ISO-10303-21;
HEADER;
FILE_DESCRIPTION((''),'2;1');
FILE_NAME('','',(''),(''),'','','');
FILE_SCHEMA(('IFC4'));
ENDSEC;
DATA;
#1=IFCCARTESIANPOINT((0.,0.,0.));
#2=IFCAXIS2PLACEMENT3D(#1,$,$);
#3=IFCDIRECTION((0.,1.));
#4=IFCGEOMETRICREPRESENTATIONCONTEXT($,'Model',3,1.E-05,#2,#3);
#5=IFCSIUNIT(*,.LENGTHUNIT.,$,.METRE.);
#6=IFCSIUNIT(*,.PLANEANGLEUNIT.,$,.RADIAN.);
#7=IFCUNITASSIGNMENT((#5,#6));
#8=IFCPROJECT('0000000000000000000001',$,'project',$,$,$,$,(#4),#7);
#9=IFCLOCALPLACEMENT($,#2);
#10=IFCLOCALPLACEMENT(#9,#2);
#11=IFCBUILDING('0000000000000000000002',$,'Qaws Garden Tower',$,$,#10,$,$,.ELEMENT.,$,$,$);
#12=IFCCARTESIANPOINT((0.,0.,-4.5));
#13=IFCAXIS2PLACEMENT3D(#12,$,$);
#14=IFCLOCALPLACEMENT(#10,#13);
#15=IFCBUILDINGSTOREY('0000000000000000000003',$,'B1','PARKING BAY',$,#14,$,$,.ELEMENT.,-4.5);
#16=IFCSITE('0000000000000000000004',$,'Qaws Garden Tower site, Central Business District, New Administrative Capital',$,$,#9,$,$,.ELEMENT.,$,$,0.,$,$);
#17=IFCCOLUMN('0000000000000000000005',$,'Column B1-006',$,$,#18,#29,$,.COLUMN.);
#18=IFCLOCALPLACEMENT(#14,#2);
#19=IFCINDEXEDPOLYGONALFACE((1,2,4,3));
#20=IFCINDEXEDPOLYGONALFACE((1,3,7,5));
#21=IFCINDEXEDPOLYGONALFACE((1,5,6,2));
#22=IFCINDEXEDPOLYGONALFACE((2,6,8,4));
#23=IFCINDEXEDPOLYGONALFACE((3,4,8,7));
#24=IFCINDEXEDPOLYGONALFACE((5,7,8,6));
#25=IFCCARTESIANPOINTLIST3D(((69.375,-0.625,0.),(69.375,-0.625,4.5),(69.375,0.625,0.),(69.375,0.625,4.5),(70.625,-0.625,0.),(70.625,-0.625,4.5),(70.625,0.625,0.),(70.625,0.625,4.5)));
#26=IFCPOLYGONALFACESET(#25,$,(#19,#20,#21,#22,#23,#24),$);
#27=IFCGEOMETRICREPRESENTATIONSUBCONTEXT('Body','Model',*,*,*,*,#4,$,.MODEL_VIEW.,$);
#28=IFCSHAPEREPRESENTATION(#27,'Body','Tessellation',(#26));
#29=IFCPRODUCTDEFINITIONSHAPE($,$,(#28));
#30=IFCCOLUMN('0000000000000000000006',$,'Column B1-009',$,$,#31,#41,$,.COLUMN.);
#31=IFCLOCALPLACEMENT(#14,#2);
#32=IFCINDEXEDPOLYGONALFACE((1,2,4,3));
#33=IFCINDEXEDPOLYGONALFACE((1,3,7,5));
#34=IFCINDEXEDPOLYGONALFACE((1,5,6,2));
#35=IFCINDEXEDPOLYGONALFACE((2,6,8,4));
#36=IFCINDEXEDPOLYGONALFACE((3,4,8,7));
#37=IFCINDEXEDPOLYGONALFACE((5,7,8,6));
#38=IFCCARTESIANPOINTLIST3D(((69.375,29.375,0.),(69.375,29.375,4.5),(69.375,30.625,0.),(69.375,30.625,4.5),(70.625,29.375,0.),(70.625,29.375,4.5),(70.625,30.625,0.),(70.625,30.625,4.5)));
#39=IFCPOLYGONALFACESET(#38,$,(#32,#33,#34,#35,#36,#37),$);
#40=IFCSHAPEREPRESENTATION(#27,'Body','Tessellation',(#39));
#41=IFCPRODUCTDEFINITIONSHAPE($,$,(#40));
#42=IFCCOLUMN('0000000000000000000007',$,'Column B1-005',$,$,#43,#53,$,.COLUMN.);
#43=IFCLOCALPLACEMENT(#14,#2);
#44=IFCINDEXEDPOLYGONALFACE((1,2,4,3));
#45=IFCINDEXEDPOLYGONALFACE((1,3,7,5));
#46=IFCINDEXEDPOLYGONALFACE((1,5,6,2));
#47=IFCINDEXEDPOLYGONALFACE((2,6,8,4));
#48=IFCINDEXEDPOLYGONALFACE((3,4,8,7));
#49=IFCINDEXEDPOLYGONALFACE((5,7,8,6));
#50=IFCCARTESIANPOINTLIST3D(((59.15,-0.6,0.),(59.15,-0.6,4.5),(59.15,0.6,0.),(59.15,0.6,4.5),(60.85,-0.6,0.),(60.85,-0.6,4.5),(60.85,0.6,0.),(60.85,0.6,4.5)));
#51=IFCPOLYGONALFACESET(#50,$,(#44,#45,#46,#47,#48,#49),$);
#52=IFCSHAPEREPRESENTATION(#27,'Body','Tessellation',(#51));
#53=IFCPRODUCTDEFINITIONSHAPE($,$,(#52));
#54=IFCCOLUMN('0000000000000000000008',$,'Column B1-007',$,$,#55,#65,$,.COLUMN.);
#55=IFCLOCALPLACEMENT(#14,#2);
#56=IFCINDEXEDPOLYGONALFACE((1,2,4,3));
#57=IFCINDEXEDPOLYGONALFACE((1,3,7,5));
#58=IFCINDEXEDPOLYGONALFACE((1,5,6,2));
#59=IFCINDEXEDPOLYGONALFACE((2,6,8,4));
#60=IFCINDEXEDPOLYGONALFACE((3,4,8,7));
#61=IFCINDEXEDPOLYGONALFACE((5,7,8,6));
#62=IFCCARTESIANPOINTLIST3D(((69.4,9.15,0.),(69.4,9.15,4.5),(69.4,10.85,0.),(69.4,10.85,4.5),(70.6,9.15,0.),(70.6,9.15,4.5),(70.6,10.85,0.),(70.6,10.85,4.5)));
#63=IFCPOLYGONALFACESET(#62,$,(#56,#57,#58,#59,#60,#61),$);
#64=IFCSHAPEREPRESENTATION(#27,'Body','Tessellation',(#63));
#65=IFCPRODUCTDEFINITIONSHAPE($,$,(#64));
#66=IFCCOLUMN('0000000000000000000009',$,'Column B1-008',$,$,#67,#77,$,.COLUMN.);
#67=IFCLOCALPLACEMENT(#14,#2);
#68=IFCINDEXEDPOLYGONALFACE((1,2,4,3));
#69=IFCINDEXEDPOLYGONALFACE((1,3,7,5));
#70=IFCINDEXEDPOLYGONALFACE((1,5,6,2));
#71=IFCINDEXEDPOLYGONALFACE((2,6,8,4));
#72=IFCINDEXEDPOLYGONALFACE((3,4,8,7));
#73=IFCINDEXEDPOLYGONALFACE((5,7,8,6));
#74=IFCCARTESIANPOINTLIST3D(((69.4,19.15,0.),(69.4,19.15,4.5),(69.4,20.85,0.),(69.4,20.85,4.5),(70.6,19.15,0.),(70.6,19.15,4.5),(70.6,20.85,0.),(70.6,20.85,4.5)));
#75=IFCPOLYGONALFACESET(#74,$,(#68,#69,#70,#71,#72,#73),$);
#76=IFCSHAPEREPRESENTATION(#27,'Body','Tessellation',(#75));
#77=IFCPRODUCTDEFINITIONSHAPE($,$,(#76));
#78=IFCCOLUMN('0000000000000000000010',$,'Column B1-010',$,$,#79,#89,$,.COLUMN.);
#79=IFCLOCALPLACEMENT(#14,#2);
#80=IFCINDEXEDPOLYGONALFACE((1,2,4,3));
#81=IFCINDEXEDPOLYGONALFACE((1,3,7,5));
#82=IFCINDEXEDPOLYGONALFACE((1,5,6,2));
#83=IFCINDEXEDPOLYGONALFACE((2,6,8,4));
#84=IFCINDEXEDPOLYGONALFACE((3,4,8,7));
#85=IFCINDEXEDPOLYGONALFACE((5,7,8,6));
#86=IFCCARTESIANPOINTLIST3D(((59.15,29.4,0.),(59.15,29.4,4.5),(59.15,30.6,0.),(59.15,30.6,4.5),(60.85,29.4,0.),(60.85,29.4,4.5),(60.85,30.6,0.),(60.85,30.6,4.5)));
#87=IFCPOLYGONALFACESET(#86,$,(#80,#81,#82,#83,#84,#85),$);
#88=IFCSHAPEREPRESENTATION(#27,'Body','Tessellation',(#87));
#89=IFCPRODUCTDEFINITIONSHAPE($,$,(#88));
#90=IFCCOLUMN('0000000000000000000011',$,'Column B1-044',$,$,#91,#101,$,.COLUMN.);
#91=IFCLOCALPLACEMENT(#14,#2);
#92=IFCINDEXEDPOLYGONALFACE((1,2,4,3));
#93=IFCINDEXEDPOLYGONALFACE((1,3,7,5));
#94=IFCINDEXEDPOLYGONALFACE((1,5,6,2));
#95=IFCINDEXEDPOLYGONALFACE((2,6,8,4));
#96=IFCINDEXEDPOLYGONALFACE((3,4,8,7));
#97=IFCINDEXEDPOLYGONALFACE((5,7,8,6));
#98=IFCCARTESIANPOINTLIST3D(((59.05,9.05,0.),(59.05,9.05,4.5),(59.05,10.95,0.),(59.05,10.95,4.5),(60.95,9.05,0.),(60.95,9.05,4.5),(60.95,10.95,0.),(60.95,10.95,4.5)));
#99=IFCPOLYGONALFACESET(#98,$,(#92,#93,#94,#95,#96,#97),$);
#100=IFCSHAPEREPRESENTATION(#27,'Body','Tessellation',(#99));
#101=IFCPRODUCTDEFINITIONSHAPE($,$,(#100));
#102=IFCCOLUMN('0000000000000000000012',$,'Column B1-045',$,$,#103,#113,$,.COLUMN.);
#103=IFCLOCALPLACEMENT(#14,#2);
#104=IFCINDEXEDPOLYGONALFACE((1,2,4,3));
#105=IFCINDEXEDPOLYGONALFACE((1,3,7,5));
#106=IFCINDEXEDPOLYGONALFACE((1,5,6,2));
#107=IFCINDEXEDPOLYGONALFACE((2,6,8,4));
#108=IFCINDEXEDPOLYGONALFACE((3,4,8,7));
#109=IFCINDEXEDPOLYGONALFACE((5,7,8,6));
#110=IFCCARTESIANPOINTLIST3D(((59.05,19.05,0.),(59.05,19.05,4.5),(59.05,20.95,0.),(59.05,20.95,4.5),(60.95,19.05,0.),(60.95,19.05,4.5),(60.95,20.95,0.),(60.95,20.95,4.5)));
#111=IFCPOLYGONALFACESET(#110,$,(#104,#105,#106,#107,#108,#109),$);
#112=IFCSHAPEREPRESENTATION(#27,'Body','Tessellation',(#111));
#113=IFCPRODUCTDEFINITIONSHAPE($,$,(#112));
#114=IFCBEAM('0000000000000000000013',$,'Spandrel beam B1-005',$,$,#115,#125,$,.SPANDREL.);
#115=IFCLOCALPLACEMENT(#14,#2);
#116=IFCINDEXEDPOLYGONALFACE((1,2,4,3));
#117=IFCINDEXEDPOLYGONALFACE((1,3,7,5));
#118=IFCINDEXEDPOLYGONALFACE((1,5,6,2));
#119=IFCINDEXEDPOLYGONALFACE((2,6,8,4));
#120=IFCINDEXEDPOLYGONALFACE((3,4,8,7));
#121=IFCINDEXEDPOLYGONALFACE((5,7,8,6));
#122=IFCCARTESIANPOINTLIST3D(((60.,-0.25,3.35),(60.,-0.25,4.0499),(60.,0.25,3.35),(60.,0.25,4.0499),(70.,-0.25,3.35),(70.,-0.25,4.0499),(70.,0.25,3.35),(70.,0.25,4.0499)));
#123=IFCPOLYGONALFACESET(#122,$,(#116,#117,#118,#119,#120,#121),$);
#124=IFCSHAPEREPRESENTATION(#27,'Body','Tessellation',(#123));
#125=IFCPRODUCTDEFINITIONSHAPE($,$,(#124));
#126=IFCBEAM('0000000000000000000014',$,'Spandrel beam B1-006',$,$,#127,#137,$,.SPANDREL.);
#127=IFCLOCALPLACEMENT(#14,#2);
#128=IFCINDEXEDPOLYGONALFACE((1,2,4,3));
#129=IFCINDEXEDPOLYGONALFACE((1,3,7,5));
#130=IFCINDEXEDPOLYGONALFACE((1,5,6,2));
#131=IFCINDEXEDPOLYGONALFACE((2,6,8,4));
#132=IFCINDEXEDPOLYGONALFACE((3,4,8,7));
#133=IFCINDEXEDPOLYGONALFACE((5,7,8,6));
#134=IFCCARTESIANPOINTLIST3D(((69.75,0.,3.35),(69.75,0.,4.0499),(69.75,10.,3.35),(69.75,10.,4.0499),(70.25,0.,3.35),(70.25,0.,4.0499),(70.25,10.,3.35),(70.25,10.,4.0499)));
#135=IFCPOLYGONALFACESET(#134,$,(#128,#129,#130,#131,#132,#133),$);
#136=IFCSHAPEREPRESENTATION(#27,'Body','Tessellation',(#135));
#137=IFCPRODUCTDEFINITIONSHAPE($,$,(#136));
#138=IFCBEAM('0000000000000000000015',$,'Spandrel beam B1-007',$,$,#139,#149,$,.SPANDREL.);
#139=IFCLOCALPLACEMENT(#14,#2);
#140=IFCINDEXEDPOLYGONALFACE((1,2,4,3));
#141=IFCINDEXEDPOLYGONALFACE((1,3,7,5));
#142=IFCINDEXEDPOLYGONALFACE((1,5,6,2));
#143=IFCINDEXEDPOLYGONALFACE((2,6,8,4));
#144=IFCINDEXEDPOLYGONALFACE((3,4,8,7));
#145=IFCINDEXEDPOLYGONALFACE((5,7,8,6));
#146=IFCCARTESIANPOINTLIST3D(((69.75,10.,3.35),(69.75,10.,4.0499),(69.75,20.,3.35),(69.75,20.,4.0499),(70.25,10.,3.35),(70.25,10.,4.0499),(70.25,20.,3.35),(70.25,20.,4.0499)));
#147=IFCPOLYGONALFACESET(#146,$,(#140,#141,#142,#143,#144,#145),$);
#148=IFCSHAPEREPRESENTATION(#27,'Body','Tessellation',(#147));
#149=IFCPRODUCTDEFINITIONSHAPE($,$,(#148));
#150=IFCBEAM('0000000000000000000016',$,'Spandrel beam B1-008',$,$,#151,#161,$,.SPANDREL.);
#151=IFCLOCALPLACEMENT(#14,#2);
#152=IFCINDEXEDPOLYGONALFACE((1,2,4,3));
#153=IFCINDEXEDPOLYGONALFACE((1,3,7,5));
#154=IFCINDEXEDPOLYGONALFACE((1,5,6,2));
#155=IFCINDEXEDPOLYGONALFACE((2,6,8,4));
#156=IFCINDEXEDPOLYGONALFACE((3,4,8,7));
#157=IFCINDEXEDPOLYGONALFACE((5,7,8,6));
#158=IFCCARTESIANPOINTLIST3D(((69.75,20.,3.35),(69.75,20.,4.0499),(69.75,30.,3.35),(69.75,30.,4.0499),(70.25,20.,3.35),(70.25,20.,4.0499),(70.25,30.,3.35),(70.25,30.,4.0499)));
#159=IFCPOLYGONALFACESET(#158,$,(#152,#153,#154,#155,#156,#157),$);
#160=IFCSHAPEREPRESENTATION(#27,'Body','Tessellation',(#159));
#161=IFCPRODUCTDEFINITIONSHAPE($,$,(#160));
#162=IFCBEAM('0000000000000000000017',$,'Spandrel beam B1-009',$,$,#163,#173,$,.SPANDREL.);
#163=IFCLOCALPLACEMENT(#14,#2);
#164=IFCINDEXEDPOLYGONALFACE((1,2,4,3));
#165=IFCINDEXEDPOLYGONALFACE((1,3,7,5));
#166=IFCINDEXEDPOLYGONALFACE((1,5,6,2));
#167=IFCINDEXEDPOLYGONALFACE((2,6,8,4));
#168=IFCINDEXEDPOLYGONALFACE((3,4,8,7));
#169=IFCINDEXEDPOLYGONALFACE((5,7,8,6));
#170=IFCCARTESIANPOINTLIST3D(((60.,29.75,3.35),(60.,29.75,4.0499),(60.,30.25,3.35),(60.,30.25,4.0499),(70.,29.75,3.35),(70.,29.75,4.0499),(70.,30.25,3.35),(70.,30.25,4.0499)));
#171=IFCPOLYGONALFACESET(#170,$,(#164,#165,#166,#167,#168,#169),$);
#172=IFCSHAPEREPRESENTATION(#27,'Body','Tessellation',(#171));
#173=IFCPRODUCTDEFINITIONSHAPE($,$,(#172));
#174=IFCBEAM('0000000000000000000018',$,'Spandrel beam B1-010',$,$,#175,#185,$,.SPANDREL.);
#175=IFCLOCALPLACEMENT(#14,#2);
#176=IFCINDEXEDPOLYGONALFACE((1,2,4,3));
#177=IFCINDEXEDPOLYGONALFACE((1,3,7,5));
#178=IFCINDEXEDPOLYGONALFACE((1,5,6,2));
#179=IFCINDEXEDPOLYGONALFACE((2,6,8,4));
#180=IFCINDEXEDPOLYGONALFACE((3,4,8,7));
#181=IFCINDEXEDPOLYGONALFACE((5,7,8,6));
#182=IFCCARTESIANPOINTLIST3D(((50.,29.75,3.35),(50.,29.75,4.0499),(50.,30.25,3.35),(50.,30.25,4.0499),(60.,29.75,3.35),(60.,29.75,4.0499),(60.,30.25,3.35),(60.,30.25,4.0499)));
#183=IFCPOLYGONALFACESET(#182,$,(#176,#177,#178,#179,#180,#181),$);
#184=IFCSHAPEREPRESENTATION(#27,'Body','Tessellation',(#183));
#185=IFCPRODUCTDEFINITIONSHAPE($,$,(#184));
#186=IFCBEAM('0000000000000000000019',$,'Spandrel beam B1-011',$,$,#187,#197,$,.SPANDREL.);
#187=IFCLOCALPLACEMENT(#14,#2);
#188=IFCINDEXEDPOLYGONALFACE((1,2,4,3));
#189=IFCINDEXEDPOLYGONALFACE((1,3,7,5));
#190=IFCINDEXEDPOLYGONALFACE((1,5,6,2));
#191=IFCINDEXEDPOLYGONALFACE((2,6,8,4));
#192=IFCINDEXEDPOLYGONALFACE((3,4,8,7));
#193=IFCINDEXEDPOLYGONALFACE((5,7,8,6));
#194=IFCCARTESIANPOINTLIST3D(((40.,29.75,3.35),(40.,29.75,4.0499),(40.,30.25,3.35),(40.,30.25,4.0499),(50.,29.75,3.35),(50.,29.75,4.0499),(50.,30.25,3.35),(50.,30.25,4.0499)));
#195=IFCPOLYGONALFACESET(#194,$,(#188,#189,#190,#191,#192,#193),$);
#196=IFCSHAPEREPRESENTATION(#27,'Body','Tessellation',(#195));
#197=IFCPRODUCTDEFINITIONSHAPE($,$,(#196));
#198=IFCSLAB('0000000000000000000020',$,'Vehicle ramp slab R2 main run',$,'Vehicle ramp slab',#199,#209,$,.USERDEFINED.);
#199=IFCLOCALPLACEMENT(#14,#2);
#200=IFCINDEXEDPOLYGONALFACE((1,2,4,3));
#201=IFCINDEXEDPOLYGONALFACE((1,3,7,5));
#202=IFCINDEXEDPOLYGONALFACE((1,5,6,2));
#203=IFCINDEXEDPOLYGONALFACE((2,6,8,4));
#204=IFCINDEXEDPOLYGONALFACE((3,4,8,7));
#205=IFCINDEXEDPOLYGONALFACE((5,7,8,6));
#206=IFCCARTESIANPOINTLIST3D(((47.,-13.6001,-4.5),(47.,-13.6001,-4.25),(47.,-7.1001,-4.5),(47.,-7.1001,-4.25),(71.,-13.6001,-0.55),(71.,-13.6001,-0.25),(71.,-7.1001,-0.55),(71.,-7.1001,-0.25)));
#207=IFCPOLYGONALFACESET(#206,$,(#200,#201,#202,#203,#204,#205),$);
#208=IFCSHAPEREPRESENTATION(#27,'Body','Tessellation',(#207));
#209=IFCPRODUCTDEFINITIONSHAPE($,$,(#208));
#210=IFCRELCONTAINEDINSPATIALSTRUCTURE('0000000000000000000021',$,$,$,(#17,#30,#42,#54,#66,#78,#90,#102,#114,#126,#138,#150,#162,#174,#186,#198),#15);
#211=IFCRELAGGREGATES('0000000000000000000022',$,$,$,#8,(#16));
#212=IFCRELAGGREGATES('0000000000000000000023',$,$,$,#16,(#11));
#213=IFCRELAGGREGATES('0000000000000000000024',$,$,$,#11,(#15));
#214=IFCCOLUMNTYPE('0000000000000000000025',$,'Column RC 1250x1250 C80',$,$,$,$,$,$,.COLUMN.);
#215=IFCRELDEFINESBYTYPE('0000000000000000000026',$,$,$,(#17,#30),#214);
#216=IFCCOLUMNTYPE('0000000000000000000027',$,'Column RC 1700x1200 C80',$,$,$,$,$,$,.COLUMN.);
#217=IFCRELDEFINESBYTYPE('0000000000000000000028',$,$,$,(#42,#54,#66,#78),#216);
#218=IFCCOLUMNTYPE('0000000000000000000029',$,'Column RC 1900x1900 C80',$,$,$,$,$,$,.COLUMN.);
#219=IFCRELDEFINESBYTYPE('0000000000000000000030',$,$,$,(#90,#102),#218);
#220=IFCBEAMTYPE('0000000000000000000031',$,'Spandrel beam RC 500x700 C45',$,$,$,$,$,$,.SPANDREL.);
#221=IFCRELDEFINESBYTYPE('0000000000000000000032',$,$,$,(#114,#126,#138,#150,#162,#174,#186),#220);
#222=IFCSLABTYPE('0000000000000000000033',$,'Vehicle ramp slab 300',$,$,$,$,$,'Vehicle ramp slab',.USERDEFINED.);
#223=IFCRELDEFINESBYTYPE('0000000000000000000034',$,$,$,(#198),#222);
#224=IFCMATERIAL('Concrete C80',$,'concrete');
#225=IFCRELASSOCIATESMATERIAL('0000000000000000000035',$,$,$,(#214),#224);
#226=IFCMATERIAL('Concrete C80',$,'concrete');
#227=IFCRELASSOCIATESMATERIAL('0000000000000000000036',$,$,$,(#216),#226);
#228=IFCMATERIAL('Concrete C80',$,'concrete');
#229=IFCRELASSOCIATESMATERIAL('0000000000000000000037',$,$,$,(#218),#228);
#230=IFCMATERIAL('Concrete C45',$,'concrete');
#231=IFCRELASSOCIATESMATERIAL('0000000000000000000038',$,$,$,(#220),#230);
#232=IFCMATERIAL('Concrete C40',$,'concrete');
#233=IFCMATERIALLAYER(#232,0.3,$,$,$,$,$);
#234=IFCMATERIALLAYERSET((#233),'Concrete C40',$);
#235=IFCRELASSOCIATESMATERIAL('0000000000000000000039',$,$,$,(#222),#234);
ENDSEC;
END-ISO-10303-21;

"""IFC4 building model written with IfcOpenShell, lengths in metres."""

from ifc_helpers import new_model, si_unit, direction, frame, origin, origin_2d, place, context, subcontext, project, spatial, polyline, rectangle, outline, extrude, material, layer, layer_set, material_profile, profile_set, type_object, element, save


model = new_model("IFC4")

# Units and contexts
model_context = context("Model", 3, precision=1e-05, world=origin(), true_north=direction((0.0, 1.0)))
body_context = subcontext(model_context, "Body", "Model", "MODEL_VIEW")
ifc_project = project(units=[si_unit("LENGTHUNIT", "METRE"), si_unit("PLANEANGLEUNIT", "RADIAN")], contexts=[model_context])

# Site, building, storey
site_placement = place(None, origin())
site = spatial("IfcSite", under=ifc_project, at=site_placement, Name="Qaws Garden Tower site, Central Business District, New Administrative Capital", CompositionType="ELEMENT", RefElevation=0.0)
building_placement = place(site_placement, origin())
building = spatial("IfcBuilding", under=site, at=building_placement, Name="Qaws Garden Tower", CompositionType="ELEMENT")
storey_placement = place(building_placement, frame((0.0, 0.0, -4.5)))
storey = spatial("IfcBuildingStorey", under=building, at=storey_placement, Name="B1", Description="PARKING BAY", CompositionType="ELEMENT", Elevation=-4.5)

# Columns
ifc_material_1 = material(Name="Concrete C80", Category="concrete")
ifc_material_profile_1 = material_profile(ifc_material_1, rectangle(XDim=1.25, YDim=1.25, at=origin_2d()), Name="RC 1250x1250")
ifc_profile_set_1 = profile_set([ifc_material_profile_1], Name="Concrete C80")
column_type_1 = type_object("IfcColumnType", Name="Column RC 1250x1250 C80", PredefinedType="COLUMN", material=ifc_profile_set_1)
for number, where, z_axis, x_axis, name in (
    (1, (70.0, 0.0, 0.0), (0.0, 0.0, 1.0), (1.0, 0.0, 0.0), "Column B1-006"),
    (2, (70.0, 30.0, 0.0), (0.0, 0.0, 1.0), (1.0, 0.0, 0.0), "Column B1-009"),
):
    element("IfcColumn", number, at=place(storey_placement, frame(where, z_axis=z_axis, x_axis=x_axis)), inside=storey, type_object=column_type_1, Name=name, PredefinedType="COLUMN", context=body_context, shape_type="SweptSolid", body=[
        extrude(rectangle(XDim=1.25, YDim=1.25, at=origin_2d()), origin(), (0.0, 0.0, 1.0), 4.5),
    ])
ifc_material_2 = material(Name="Concrete C80", Category="concrete")
ifc_material_profile_2 = material_profile(ifc_material_2, rectangle(XDim=1.7, YDim=1.2, at=origin_2d()), Name="RC 1700x1200")
ifc_profile_set_2 = profile_set([ifc_material_profile_2], Name="Concrete C80")
column_type_2 = type_object("IfcColumnType", Name="Column RC 1700x1200 C80", PredefinedType="COLUMN", material=ifc_profile_set_2)
for number, where, z_axis, x_axis, name in (
    (3, (60.0, 0.0, 0.0), (0.0, 0.0, 1.0), (1.0, 0.0, 0.0), "Column B1-005"),
    (4, (70.0, 10.0, 0.0), (0.0, 0.0, 1.0), (0.0, 1.0, 0.0), "Column B1-007"),
    (5, (70.0, 20.0, 0.0), (0.0, 0.0, 1.0), (0.0, 1.0, 0.0), "Column B1-008"),
    (6, (60.0, 30.0, 0.0), (0.0, 0.0, 1.0), (1.0, 0.0, 0.0), "Column B1-010"),
):
    element("IfcColumn", number, at=place(storey_placement, frame(where, z_axis=z_axis, x_axis=x_axis)), inside=storey, type_object=column_type_2, Name=name, PredefinedType="COLUMN", context=body_context, shape_type="SweptSolid", body=[
        extrude(rectangle(XDim=1.7, YDim=1.2, at=origin_2d()), origin(), (0.0, 0.0, 1.0), 4.5),
    ])
ifc_material_3 = material(Name="Concrete C80", Category="concrete")
ifc_material_profile_3 = material_profile(ifc_material_3, rectangle(XDim=1.8999, YDim=1.8999, at=origin_2d()), Name="RC 1900x1900")
ifc_profile_set_3 = profile_set([ifc_material_profile_3], Name="Concrete C80")
column_type_3 = type_object("IfcColumnType", Name="Column RC 1900x1900 C80", PredefinedType="COLUMN", material=ifc_profile_set_3)
for number, where, z_axis, x_axis, name in (
    (7, (60.0, 10.0, 0.0), (0.0, 0.0, 1.0), (1.0, 0.0, 0.0), "Column B1-044"),
    (8, (60.0, 20.0, 0.0), (0.0, 0.0, 1.0), (1.0, 0.0, 0.0), "Column B1-045"),
):
    element("IfcColumn", number, at=place(storey_placement, frame(where, z_axis=z_axis, x_axis=x_axis)), inside=storey, type_object=column_type_3, Name=name, PredefinedType="COLUMN", context=body_context, shape_type="SweptSolid", body=[
        extrude(rectangle(XDim=1.8999, YDim=1.8999, at=origin_2d()), origin(), (0.0, 0.0, 1.0), 4.5),
    ])

# Beams
ifc_material_4 = material(Name="Concrete C45", Category="concrete")
ifc_material_profile_4 = material_profile(ifc_material_4, rectangle(XDim=0.5, YDim=0.7, at=origin_2d()), Name="RC 500x700")
ifc_profile_set_4 = profile_set([ifc_material_profile_4], Name="Concrete C45")
beam_type = type_object("IfcBeamType", Name="Spandrel beam RC 500x700 C45", PredefinedType="SPANDREL", material=ifc_profile_set_4)
for number, where, z_axis, x_axis, name in (
    (9, (60.0, 0.0, 3.7), (1.0, 0.0, 0.0), (0.0, 1.0, 0.0), "Spandrel beam B1-005"),
    (10, (70.0, 0.0, 3.7), (0.0, 1.0, 0.0), (-1.0, 0.0, 0.0), "Spandrel beam B1-006"),
    (11, (70.0, 10.0, 3.7), (0.0, 1.0, 0.0), (-1.0, 0.0, 0.0), "Spandrel beam B1-007"),
    (12, (70.0, 20.0, 3.7), (0.0, 1.0, 0.0), (-1.0, 0.0, 0.0), "Spandrel beam B1-008"),
    (13, (70.0, 30.0, 3.7), (-1.0, 0.0, 0.0), (0.0, -1.0, 0.0), "Spandrel beam B1-009"),
    (14, (60.0, 30.0, 3.7), (-1.0, 0.0, 0.0), (0.0, -1.0, 0.0), "Spandrel beam B1-010"),
    (15, (50.0, 30.0, 3.7), (-1.0, 0.0, 0.0), (0.0, -1.0, 0.0), "Spandrel beam B1-011"),
):
    element("IfcBeam", number, at=place(storey_placement, frame(where, z_axis=z_axis, x_axis=x_axis)), inside=storey, type_object=beam_type, Name=name, PredefinedType="SPANDREL", context=body_context, shape_type="SweptSolid", body=[
        extrude(rectangle(XDim=0.5, YDim=0.7, at=origin_2d()), origin(), (0.0, 0.0, 1.0), 10.0),
    ])

# Slab
ifc_material_5 = material(Name="Concrete C40", Category="concrete")
ifc_layer = layer(ifc_material_5, 0.3)
ifc_layer_set = layer_set([ifc_layer], Name="Concrete C40")
slab_type = type_object("IfcSlabType", Name="Vehicle ramp slab 300", ElementType="Vehicle ramp slab", PredefinedType="USERDEFINED", material=ifc_layer_set)
slab_placement = place(storey_placement, frame((71.0, -10.3501, -4.5), z_axis=(0.0, 0.0, 1.0), x_axis=(-1.0, 0.0, 0.0)))
element("IfcSlab", 16, at=slab_placement, inside=storey, type_object=slab_type, Name="Vehicle ramp slab R2 main run", ObjectType="Vehicle ramp slab", PredefinedType="USERDEFINED", context=body_context, shape_type="SweptSolid", body=[
    extrude(outline(polyline([(0.0, 3.95), (24.0, 0.0), (24.0, 0.25), (0.0, 4.25), (0.0, 3.95)])), frame((0.0, 3.25, 0.0), z_axis=(0.0, -1.0, 0.0), x_axis=(1.0, 0.0, 0.0)), (0.0, 0.0, 1.0), 6.5),
])

save(model, "model.ifc")
